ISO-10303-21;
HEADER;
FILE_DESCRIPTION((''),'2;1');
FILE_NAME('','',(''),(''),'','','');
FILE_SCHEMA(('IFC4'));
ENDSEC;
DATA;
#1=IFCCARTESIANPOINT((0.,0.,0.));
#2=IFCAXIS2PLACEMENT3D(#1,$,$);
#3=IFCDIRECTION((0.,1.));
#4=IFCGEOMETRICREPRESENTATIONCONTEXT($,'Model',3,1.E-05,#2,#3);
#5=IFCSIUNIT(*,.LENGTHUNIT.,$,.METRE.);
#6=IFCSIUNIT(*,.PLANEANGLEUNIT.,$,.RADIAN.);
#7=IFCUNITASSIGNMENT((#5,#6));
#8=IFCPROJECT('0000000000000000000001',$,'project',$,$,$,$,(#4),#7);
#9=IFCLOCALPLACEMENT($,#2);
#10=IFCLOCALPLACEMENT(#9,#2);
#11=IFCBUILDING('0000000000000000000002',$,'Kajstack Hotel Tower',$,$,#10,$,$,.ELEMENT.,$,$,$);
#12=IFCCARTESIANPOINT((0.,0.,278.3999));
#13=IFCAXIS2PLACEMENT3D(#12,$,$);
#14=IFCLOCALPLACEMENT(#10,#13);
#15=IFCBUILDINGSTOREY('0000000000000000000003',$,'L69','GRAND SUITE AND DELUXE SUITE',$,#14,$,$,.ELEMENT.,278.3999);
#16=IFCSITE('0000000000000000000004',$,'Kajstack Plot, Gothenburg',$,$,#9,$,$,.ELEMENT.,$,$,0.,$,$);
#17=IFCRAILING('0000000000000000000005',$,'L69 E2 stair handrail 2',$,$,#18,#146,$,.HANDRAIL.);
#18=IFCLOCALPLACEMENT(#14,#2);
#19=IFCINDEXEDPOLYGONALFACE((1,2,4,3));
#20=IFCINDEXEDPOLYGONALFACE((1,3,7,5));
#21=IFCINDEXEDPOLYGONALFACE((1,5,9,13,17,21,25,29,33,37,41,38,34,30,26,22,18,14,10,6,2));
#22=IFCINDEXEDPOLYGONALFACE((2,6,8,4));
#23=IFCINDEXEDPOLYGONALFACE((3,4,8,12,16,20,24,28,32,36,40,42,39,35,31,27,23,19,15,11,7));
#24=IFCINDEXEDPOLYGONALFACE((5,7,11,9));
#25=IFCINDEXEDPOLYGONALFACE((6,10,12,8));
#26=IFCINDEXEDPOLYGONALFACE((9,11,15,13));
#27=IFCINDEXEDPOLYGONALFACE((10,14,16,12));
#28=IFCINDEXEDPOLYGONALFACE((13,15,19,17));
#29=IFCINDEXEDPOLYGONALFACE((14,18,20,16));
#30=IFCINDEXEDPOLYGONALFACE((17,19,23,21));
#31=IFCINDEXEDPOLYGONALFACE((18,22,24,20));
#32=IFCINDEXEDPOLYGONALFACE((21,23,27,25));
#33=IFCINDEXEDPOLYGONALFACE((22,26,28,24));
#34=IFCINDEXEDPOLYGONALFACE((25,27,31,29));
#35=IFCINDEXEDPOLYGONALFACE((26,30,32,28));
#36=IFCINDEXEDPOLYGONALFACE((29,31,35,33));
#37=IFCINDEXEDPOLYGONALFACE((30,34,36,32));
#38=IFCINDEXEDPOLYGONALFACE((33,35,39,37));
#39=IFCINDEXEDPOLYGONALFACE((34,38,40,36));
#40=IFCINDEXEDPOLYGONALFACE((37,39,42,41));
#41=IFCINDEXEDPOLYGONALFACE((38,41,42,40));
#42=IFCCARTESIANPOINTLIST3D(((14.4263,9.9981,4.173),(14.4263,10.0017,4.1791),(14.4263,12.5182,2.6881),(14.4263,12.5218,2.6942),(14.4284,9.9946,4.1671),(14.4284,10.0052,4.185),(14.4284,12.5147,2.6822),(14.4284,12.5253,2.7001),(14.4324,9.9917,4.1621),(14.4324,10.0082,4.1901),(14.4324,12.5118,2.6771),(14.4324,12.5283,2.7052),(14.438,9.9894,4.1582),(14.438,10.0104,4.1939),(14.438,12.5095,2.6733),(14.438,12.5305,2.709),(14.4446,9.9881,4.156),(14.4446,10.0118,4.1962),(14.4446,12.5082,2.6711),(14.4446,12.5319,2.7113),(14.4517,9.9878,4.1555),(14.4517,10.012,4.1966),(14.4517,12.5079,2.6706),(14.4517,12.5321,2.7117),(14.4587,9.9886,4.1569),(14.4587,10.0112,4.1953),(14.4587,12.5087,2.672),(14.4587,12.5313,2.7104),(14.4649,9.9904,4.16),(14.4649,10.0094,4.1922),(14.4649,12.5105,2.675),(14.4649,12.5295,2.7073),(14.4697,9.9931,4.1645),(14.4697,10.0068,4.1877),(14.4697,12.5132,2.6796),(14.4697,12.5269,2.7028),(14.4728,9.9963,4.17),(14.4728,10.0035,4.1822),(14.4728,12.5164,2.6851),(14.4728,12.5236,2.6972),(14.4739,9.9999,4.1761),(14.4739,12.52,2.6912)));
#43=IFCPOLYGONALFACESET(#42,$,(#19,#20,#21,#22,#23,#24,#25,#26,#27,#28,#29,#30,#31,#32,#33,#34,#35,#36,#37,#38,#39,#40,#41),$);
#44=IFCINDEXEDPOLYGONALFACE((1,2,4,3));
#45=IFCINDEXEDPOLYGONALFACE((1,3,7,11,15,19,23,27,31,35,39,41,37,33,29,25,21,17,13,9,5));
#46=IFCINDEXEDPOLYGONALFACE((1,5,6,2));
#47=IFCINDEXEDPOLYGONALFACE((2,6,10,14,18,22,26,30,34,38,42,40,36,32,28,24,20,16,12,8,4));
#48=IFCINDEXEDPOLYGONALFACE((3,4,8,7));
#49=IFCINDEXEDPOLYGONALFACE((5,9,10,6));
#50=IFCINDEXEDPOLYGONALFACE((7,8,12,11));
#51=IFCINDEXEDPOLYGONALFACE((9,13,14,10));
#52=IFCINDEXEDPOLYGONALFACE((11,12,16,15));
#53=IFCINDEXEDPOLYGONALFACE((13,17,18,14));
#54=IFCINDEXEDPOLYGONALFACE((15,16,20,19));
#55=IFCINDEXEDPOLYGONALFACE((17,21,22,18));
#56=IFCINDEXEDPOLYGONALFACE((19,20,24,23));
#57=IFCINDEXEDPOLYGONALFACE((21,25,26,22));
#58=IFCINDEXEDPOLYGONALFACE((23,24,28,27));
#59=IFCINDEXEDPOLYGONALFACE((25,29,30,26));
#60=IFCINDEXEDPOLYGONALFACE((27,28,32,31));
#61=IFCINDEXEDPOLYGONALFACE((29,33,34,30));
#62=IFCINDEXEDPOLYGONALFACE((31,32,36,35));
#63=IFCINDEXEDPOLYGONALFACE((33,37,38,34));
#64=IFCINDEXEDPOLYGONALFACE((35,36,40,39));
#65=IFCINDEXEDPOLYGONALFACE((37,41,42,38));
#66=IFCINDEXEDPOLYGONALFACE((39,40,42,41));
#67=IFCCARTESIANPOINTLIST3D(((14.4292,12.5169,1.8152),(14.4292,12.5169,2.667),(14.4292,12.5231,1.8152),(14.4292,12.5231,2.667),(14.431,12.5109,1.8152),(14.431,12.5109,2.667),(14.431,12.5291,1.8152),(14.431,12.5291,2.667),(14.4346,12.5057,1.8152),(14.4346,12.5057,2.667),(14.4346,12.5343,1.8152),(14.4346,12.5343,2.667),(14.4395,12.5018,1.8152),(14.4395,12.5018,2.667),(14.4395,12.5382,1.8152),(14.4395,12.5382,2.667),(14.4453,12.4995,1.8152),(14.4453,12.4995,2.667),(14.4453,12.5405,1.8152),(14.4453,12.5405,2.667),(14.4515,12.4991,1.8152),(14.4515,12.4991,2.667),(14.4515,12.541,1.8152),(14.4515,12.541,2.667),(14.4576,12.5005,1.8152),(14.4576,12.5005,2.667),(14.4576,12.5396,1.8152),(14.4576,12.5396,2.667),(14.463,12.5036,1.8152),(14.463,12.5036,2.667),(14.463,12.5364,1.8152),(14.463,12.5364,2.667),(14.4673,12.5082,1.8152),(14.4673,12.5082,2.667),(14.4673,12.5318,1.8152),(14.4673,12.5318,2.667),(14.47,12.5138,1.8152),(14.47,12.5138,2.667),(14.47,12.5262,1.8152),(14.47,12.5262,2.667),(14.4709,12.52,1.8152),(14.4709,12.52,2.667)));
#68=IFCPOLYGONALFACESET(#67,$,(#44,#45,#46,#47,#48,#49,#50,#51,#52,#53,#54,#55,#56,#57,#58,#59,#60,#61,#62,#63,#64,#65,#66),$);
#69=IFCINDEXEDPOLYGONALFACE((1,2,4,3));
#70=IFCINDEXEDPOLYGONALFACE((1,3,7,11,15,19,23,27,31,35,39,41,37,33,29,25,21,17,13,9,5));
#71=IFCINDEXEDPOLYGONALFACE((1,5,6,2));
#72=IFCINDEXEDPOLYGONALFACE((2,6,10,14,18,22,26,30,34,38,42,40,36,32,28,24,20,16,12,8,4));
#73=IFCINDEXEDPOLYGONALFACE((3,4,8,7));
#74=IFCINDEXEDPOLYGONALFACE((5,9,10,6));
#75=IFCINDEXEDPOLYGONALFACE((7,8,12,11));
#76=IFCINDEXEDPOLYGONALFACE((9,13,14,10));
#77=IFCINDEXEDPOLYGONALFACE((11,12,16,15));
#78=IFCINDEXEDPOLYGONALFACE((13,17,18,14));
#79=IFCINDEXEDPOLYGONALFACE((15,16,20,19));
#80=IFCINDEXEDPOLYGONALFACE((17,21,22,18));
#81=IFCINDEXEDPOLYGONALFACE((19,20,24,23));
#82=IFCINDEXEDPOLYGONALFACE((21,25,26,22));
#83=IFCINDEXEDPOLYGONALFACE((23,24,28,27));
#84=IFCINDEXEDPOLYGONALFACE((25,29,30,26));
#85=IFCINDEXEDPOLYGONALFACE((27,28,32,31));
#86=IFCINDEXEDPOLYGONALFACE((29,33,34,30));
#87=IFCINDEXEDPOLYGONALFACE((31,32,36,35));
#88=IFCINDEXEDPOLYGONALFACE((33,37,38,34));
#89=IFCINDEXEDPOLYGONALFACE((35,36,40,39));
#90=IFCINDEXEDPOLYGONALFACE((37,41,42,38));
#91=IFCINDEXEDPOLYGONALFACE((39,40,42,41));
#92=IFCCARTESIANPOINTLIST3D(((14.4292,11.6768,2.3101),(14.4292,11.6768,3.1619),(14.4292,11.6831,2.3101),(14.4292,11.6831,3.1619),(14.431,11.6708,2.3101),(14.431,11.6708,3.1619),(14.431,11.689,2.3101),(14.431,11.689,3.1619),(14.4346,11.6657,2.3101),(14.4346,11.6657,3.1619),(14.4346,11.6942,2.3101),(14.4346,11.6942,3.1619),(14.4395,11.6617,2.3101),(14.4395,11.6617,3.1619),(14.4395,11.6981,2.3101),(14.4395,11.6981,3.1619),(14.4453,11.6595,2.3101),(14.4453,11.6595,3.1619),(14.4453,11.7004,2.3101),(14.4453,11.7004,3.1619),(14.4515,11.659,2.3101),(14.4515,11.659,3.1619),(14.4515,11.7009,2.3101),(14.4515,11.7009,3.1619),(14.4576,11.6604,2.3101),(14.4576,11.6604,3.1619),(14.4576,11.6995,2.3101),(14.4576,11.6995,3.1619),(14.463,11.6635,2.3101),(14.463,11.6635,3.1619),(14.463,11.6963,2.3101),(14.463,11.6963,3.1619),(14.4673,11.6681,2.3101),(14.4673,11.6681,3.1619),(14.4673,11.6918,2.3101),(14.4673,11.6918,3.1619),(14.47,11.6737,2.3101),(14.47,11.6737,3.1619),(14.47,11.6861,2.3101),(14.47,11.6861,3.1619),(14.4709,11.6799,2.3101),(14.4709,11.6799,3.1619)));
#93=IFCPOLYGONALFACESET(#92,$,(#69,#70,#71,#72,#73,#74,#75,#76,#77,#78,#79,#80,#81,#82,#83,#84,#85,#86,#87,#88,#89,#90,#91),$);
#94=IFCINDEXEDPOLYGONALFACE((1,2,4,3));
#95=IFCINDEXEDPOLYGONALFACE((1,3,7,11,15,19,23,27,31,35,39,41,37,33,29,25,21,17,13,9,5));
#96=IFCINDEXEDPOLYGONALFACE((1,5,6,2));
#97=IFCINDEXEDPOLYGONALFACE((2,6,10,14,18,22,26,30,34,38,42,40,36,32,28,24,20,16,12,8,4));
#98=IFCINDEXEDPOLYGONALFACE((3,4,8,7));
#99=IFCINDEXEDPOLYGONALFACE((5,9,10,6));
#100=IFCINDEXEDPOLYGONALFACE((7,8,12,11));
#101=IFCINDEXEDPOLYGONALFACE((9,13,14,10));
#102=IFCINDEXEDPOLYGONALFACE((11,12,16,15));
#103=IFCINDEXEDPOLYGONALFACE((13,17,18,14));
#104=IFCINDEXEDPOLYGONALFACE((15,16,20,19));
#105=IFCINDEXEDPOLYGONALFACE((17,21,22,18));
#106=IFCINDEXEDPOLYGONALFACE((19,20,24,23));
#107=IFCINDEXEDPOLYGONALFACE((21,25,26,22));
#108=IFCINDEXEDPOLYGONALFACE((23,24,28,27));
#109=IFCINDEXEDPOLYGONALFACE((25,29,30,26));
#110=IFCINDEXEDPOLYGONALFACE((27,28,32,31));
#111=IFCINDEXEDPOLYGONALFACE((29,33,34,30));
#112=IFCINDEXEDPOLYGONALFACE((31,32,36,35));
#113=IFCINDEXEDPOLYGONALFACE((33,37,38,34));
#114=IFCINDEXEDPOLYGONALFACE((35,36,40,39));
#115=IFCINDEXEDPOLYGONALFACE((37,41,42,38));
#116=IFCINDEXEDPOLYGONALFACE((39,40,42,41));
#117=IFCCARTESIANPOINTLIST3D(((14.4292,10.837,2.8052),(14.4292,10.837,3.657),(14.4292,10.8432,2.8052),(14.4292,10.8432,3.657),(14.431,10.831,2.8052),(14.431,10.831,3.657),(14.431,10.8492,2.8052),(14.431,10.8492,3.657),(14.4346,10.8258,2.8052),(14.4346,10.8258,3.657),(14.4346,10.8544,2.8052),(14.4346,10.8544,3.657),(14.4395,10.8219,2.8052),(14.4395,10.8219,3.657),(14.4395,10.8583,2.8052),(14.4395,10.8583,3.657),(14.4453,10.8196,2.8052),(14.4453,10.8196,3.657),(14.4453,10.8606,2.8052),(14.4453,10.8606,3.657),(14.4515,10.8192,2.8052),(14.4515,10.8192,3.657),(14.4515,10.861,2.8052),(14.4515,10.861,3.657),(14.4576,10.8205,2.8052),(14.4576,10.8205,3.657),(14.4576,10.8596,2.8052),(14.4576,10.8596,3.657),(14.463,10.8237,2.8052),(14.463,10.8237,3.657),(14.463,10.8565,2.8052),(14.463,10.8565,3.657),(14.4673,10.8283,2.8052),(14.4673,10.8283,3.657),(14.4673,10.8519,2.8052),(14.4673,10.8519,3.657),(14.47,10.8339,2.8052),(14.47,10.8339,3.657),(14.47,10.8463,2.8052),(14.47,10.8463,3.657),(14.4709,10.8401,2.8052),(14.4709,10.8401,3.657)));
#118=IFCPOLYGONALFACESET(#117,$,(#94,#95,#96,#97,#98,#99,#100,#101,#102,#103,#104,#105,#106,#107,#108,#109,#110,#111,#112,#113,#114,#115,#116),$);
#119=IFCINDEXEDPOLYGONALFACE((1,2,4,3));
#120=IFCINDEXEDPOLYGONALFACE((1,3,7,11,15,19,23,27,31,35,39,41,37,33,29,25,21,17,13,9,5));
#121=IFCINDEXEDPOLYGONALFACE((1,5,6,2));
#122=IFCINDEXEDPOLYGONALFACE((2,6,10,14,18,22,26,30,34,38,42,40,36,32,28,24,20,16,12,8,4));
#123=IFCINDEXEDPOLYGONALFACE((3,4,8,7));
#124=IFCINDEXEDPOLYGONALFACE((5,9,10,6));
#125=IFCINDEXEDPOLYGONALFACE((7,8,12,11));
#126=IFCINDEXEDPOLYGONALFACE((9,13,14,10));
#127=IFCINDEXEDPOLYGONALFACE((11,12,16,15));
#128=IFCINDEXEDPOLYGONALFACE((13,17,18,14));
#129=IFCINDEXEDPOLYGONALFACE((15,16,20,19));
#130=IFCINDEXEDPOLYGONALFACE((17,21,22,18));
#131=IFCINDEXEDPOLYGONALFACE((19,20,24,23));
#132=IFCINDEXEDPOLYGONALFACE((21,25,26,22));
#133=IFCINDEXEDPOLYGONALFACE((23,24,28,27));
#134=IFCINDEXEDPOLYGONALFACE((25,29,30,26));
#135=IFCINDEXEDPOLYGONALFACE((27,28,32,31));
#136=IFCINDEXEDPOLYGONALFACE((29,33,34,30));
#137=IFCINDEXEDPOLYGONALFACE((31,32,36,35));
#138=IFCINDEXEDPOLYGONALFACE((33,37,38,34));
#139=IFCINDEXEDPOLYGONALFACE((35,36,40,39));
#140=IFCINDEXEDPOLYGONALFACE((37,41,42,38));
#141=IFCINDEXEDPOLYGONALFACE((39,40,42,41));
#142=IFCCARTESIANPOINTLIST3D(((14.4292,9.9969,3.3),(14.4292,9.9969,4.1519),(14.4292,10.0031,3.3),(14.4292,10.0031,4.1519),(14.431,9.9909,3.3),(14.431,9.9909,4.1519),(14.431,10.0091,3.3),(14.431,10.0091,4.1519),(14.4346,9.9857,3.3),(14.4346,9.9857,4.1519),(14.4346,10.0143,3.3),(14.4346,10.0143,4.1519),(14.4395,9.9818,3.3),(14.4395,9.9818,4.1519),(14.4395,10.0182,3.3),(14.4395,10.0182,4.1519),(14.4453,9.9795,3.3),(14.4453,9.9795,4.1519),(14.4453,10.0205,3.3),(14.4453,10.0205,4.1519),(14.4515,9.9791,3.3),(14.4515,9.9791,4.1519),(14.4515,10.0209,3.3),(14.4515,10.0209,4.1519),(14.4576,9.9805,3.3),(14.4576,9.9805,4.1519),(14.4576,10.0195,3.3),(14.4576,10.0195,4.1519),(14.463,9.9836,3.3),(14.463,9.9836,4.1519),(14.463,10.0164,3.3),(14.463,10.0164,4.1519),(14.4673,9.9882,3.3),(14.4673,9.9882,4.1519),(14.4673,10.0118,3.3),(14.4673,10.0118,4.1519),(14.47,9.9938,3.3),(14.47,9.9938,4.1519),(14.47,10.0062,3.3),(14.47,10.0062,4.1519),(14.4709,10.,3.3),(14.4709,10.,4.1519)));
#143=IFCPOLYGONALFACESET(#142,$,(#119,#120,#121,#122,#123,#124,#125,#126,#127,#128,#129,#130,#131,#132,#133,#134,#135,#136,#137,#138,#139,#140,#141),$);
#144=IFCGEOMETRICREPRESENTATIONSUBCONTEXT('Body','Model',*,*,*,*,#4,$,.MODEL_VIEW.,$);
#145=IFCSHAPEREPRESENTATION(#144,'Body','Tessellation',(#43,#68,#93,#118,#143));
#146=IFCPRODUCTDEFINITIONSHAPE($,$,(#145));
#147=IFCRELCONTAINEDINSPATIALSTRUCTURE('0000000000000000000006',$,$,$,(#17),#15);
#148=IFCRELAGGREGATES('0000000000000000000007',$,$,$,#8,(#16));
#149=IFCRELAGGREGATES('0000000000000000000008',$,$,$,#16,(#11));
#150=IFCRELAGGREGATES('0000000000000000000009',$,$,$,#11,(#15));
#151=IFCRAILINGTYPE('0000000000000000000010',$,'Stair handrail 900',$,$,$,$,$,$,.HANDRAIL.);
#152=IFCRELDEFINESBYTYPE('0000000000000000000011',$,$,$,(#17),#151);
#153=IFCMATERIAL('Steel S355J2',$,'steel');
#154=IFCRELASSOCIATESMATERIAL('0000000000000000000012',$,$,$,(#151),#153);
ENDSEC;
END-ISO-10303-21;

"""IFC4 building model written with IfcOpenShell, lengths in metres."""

from ifc_helpers import new_model, si_unit, direction, frame, origin, origin_2d, place, context, subcontext, project, spatial, circle, extrude, material, type_object, element, save


model = new_model("IFC4")

# Units and contexts
model_context = context("Model", 3, precision=1e-05, world=origin(), true_north=direction((0.0, 1.0)))
body_context = subcontext(model_context, "Body", "Model", "MODEL_VIEW")
ifc_project = project(units=[si_unit("LENGTHUNIT", "METRE"), si_unit("PLANEANGLEUNIT", "RADIAN")], contexts=[model_context])

# Site, building, storey
site_placement = place(None, origin())
site = spatial("IfcSite", under=ifc_project, at=site_placement, Name="Kajstack Plot, Gothenburg", CompositionType="ELEMENT", RefElevation=0.0)
building_placement = place(site_placement, origin())
building = spatial("IfcBuilding", under=site, at=building_placement, Name="Kajstack Hotel Tower", CompositionType="ELEMENT")
storey_placement = place(building_placement, frame((0.0, 0.0, 278.3999)))
storey = spatial("IfcBuildingStorey", under=building, at=storey_placement, Name="L69", Description="GRAND SUITE AND DELUXE SUITE", CompositionType="ELEMENT", Elevation=278.3999)

# Railing
ifc_material_1 = material(Name="Steel S355J2", Category="steel")
railing_type = type_object("IfcRailingType", Name="Stair handrail 900", PredefinedType="HANDRAIL", material=ifc_material_1)
railing_placement = place(storey_placement, frame((14.45, 12.52, 1.8152)))
element("IfcRailing", 1, at=railing_placement, inside=storey, type_object=railing_type, Name="L69 E2 stair handrail 2", PredefinedType="HANDRAIL", context=body_context, shape_type="SweptSolid", body=[
    extrude(circle(Radius=0.0239, at=origin_2d()), frame((0.0, 0.0, 0.876), z_axis=(0.0, -0.861561, 0.507655), x_axis=(1.0, 0.0, 0.0)), (0.0, 0.0, 1.0), 2.925),
    extrude(circle(Radius=0.021, at=origin_2d()), origin(), (0.0, 0.0, 1.0), 0.8518),
    extrude(circle(Radius=0.021, at=origin_2d()), frame((0.0, -0.8401, 0.4949)), (0.0, 0.0, 1.0), 0.8518),
    extrude(circle(Radius=0.021, at=origin_2d()), frame((0.0, -1.6799, 0.99)), (0.0, 0.0, 1.0), 0.8518),
    extrude(circle(Radius=0.021, at=origin_2d()), frame((0.0, -2.52, 1.4849)), (0.0, 0.0, 1.0), 0.8518),
])

save(model, "model.ifc")
